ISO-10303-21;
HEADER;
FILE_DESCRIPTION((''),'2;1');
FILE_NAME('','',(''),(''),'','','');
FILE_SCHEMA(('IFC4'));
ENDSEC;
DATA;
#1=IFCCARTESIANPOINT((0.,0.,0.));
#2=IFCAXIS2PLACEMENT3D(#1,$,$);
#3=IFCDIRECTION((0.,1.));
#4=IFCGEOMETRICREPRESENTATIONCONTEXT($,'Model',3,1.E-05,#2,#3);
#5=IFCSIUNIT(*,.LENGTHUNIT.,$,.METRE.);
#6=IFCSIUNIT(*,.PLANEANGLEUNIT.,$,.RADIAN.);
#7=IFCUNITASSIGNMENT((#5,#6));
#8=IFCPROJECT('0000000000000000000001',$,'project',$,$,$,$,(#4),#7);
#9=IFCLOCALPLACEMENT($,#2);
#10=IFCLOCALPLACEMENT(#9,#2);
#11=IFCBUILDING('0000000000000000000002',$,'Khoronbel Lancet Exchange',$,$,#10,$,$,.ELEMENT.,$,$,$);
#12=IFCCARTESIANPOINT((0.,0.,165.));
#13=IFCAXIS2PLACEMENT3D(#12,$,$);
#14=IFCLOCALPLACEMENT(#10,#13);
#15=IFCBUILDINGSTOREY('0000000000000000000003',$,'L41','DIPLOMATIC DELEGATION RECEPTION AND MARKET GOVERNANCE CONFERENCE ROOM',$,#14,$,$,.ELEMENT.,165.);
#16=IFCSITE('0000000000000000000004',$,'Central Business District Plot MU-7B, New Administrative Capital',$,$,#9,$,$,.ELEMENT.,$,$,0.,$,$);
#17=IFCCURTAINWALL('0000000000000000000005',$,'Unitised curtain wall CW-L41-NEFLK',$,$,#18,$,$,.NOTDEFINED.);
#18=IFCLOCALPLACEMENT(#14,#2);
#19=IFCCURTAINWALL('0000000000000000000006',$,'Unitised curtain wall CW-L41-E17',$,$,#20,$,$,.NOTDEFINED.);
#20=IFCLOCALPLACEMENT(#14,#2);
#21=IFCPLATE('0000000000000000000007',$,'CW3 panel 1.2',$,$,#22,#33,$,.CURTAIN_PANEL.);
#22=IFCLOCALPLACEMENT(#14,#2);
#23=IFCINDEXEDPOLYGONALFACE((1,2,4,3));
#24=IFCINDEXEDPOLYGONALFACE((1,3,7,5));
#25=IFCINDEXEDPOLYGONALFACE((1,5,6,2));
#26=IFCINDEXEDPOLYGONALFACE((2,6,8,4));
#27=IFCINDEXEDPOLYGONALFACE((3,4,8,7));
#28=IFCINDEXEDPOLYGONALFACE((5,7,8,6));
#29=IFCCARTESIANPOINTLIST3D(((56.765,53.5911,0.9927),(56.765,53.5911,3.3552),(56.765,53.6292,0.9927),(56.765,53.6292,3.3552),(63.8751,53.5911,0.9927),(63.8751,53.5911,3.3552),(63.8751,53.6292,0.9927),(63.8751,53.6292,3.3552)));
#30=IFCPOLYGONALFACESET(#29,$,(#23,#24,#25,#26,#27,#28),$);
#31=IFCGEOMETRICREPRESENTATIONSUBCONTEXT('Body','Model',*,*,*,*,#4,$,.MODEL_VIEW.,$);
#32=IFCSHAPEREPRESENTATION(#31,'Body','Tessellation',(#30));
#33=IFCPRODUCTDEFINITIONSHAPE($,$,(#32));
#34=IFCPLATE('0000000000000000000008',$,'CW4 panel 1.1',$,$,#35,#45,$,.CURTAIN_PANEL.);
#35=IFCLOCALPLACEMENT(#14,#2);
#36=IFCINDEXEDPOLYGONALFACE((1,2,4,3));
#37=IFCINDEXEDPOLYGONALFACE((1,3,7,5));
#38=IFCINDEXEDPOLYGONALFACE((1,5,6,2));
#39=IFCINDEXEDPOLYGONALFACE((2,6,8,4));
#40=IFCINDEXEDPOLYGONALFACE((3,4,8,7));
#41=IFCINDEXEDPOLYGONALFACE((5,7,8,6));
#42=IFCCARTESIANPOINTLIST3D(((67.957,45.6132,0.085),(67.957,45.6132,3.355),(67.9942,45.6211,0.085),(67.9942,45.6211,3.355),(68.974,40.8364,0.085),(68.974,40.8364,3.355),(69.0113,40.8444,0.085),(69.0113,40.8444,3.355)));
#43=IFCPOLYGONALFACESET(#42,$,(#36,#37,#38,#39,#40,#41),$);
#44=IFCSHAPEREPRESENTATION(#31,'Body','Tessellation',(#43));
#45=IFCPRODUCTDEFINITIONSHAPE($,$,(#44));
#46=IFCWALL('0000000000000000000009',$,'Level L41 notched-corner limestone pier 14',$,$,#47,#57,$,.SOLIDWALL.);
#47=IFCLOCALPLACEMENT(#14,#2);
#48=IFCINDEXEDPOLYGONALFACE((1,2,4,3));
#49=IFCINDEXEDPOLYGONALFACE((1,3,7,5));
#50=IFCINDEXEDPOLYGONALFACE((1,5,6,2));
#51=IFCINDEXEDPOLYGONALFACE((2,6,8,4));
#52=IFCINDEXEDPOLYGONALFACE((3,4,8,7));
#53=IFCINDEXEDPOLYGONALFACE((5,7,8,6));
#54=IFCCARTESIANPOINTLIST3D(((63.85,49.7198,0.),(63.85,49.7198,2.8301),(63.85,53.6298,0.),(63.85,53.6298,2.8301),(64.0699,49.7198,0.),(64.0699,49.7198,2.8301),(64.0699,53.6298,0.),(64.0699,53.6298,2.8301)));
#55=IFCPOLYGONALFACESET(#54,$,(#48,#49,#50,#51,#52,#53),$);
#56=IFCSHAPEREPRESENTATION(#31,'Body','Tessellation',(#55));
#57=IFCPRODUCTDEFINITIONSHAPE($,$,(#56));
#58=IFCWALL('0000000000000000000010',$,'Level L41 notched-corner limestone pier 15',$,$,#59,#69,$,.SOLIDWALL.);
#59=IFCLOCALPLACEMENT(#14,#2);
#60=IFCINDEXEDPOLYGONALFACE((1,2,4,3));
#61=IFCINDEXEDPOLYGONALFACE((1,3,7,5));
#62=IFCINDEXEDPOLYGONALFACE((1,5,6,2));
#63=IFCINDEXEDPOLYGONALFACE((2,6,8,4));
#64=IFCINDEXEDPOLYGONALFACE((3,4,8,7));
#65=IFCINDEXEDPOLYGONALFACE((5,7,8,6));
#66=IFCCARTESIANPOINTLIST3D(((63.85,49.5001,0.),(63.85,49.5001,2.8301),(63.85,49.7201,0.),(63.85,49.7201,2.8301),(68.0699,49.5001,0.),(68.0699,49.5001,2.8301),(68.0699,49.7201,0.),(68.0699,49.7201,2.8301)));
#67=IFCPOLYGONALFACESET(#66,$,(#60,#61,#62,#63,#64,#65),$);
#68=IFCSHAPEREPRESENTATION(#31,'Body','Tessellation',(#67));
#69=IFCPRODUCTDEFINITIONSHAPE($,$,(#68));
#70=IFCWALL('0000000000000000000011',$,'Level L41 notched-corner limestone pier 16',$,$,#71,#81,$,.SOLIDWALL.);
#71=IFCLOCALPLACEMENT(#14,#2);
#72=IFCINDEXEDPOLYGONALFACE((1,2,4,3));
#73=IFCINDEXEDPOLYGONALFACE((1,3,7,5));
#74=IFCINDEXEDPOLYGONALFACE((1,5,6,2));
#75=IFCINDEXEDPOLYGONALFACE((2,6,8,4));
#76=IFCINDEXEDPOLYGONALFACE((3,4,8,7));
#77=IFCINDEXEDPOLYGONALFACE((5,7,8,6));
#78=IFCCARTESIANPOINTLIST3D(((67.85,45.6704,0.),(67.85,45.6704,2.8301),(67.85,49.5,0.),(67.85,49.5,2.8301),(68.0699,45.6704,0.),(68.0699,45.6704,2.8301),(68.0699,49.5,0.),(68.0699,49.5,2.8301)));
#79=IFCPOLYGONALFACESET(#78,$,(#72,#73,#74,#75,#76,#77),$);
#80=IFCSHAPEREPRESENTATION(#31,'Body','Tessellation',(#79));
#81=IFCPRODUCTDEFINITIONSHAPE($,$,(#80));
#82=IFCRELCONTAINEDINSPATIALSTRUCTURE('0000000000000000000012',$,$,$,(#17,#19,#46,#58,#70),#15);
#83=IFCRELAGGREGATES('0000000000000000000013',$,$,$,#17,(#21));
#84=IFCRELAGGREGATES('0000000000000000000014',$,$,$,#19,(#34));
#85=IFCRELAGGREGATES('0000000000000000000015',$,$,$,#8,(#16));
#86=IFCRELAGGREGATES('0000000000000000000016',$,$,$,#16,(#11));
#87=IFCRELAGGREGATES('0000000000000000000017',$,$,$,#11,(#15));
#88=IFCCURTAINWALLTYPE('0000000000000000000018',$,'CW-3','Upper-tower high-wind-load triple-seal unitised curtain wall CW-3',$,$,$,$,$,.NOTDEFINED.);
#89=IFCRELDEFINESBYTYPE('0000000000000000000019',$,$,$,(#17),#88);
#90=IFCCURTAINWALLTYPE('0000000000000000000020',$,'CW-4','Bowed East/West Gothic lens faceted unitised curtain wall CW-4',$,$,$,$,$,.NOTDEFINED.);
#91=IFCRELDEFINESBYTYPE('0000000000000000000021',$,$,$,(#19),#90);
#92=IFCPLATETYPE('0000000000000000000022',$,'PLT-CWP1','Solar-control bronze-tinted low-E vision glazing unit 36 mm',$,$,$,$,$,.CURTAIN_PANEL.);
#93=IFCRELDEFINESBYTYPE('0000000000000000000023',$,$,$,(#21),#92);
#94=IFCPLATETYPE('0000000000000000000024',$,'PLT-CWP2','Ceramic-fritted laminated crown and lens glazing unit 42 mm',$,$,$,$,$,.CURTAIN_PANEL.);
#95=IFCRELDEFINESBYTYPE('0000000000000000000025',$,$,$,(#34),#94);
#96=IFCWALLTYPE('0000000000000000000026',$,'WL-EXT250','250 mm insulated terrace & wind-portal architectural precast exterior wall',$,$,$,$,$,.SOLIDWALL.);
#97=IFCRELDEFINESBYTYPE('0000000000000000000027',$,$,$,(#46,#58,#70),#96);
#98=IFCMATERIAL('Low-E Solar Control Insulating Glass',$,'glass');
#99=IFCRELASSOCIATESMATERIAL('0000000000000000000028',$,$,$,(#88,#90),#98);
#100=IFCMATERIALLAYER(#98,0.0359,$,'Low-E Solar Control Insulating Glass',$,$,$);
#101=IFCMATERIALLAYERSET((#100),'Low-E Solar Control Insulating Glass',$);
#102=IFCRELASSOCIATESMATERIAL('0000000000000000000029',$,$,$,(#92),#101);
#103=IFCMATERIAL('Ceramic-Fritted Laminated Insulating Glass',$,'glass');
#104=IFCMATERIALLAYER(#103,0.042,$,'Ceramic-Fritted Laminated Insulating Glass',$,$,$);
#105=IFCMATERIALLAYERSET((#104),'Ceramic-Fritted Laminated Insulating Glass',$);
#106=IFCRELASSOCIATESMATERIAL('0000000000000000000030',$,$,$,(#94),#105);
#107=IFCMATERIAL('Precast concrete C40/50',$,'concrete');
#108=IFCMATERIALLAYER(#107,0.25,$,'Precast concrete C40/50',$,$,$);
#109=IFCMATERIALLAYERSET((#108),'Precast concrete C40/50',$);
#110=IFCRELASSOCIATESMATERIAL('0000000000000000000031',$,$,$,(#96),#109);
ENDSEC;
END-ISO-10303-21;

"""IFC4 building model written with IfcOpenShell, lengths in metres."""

from ifc_helpers import new_model, si_unit, direction, frame, frame_2d, origin, origin_2d, place, context, subcontext, project, spatial, rectangle, extrude, material, layer, layer_set, type_object, element, aggregate, save


model = new_model("IFC4")

# Units and contexts
model_context = context("Model", 3, precision=1e-05, world=origin(), true_north=direction((0.0, 1.0)))
body_context = subcontext(model_context, "Body", "Model", "MODEL_VIEW")
ifc_project = project(units=[si_unit("LENGTHUNIT", "METRE"), si_unit("PLANEANGLEUNIT", "RADIAN")], contexts=[model_context])

# Site, building, storey
site_placement = place(None, origin())
site = spatial("IfcSite", under=ifc_project, at=site_placement, Name="Central Business District Plot MU-7B, New Administrative Capital", CompositionType="ELEMENT", RefElevation=0.0)
building_placement = place(site_placement, origin())
building = spatial("IfcBuilding", under=site, at=building_placement, Name="Khoronbel Lancet Exchange", CompositionType="ELEMENT")
storey_placement = place(building_placement, frame((0.0, 0.0, 165.0)))
storey = spatial("IfcBuildingStorey", under=building, at=storey_placement, Name="L41", Description="DIPLOMATIC DELEGATION RECEPTION AND MARKET GOVERNANCE CONFERENCE ROOM", CompositionType="ELEMENT", Elevation=165.0)

# Curtain wall
ifc_material_1 = material(Name="Low-E Solar Control Insulating Glass", Category="glass")
curtain_wall_type_1 = type_object("IfcCurtainWallType", Name="CW-3", Description="Upper-tower high-wind-load triple-seal unitised curtain wall CW-3", PredefinedType="NOTDEFINED", material=ifc_material_1)
curtain_wall_1_placement = place(storey_placement, origin())
curtain_wall_1 = element("IfcCurtainWall", 1, at=curtain_wall_1_placement, inside=storey, type_object=curtain_wall_type_1, Name="Unitised curtain wall CW-L41-NEFLK", PredefinedType="NOTDEFINED")

# Curtain wall
curtain_wall_type_2 = type_object("IfcCurtainWallType", Name="CW-4", Description="Bowed East/West Gothic lens faceted unitised curtain wall CW-4", PredefinedType="NOTDEFINED", material=ifc_material_1)
curtain_wall_2_placement = place(storey_placement, origin())
curtain_wall_2 = element("IfcCurtainWall", 2, at=curtain_wall_2_placement, inside=storey, type_object=curtain_wall_type_2, Name="Unitised curtain wall CW-L41-E17", PredefinedType="NOTDEFINED")

# Plates
ifc_layer_1 = layer(ifc_material_1, 0.0359, Name="Low-E Solar Control Insulating Glass")
ifc_layer_set_1 = layer_set([ifc_layer_1], Name="Low-E Solar Control Insulating Glass")
plate_type_1 = type_object("IfcPlateType", Name="PLT-CWP1", Description="Solar-control bronze-tinted low-E vision glazing unit 36 mm", PredefinedType="CURTAIN_PANEL", material=ifc_layer_set_1)
plate_1_placement = place(storey_placement, frame((60.3201, 53.6101, 0.9927), z_axis=(0.0, 0.0, 1.0), x_axis=(-1.0, 0.0, 0.0)))
plate_1 = element("IfcPlate", 3, at=plate_1_placement, type_object=plate_type_1, Name="CW3 panel 1.2", PredefinedType="CURTAIN_PANEL", context=body_context, shape_type="SweptSolid", body=[
    extrude(rectangle(XDim=7.1101, YDim=0.0381, at=origin_2d()), origin(), (0.0, 0.0, 1.0), 2.3625),
])
aggregate(curtain_wall_1, [plate_1])
ifc_material_2 = material(Name="Ceramic-Fritted Laminated Insulating Glass", Category="glass")
ifc_layer_2 = layer(ifc_material_2, 0.042, Name="Ceramic-Fritted Laminated Insulating Glass")
ifc_layer_set_2 = layer_set([ifc_layer_2], Name="Ceramic-Fritted Laminated Insulating Glass")
plate_type_2 = type_object("IfcPlateType", Name="PLT-CWP2", Description="Ceramic-fritted laminated crown and lens glazing unit 42 mm", PredefinedType="CURTAIN_PANEL", material=ifc_layer_set_2)
plate_2_placement = place(storey_placement, frame((68.4841, 43.2288, 0.085), z_axis=(0.0, 0.0, 1.0), x_axis=(0.20825, -0.978076, 0.0)))
plate_2 = element("IfcPlate", 4, at=plate_2_placement, type_object=plate_type_2, Name="CW4 panel 1.1", PredefinedType="CURTAIN_PANEL", context=body_context, shape_type="SweptSolid", body=[
    extrude(rectangle(XDim=4.8838, YDim=0.0381, at=origin_2d()), origin(), (0.0, 0.0, 1.0), 3.27),
])
aggregate(curtain_wall_2, [plate_2])

# Walls
ifc_material_3 = material(Name="Precast concrete C40/50", Category="concrete")
ifc_layer_3 = layer(ifc_material_3, 0.25, Name="Precast concrete C40/50")
ifc_layer_set_3 = layer_set([ifc_layer_3], Name="Precast concrete C40/50")
wall_type = type_object("IfcWallType", Name="WL-EXT250", Description="250 mm insulated terrace & wind-portal architectural precast exterior wall", PredefinedType="SOLIDWALL", material=ifc_layer_set_3)
wall_1_placement = place(storey_placement, frame((63.96, 53.6299, 0.0), z_axis=(0.0, 0.0, 1.0), x_axis=(0.0, -1.0, 0.0)))
element("IfcWall", 5, at=wall_1_placement, inside=storey, type_object=wall_type, Name="Level L41 notched-corner limestone pier 14", PredefinedType="SOLIDWALL", context=body_context, shape_type="SweptSolid", body=[
    extrude(rectangle(XDim=3.9099, YDim=0.22, at=frame_2d((1.9551, 0.0))), origin(), (0.0, 0.0, 1.0), 2.8301),
])
wall_2_placement = place(storey_placement, frame((63.8501, 49.6101, 0.0), z_axis=(0.0, 0.0, 1.0), x_axis=(1.0, 0.0, 0.0)))
element("IfcWall", 6, at=wall_2_placement, inside=storey, type_object=wall_type, Name="Level L41 notched-corner limestone pier 15", PredefinedType="SOLIDWALL", context=body_context, shape_type="SweptSolid", body=[
    extrude(rectangle(XDim=4.22, YDim=0.22, at=frame_2d((2.1099, 0.0))), origin(), (0.0, 0.0, 1.0), 2.8301),
])
wall_3_placement = place(storey_placement, frame((67.96, 49.5, 0.0), z_axis=(0.0, 0.0, 1.0), x_axis=(0.0, -1.0, 0.0)))
element("IfcWall", 7, at=wall_3_placement, inside=storey, type_object=wall_type, Name="Level L41 notched-corner limestone pier 16", PredefinedType="SOLIDWALL", context=body_context, shape_type="SweptSolid", body=[
    extrude(rectangle(XDim=3.8296, YDim=0.22, at=frame_2d((1.9148, 0.0))), origin(), (0.0, 0.0, 1.0), 2.8301),
])

save(model, "model.ifc")
